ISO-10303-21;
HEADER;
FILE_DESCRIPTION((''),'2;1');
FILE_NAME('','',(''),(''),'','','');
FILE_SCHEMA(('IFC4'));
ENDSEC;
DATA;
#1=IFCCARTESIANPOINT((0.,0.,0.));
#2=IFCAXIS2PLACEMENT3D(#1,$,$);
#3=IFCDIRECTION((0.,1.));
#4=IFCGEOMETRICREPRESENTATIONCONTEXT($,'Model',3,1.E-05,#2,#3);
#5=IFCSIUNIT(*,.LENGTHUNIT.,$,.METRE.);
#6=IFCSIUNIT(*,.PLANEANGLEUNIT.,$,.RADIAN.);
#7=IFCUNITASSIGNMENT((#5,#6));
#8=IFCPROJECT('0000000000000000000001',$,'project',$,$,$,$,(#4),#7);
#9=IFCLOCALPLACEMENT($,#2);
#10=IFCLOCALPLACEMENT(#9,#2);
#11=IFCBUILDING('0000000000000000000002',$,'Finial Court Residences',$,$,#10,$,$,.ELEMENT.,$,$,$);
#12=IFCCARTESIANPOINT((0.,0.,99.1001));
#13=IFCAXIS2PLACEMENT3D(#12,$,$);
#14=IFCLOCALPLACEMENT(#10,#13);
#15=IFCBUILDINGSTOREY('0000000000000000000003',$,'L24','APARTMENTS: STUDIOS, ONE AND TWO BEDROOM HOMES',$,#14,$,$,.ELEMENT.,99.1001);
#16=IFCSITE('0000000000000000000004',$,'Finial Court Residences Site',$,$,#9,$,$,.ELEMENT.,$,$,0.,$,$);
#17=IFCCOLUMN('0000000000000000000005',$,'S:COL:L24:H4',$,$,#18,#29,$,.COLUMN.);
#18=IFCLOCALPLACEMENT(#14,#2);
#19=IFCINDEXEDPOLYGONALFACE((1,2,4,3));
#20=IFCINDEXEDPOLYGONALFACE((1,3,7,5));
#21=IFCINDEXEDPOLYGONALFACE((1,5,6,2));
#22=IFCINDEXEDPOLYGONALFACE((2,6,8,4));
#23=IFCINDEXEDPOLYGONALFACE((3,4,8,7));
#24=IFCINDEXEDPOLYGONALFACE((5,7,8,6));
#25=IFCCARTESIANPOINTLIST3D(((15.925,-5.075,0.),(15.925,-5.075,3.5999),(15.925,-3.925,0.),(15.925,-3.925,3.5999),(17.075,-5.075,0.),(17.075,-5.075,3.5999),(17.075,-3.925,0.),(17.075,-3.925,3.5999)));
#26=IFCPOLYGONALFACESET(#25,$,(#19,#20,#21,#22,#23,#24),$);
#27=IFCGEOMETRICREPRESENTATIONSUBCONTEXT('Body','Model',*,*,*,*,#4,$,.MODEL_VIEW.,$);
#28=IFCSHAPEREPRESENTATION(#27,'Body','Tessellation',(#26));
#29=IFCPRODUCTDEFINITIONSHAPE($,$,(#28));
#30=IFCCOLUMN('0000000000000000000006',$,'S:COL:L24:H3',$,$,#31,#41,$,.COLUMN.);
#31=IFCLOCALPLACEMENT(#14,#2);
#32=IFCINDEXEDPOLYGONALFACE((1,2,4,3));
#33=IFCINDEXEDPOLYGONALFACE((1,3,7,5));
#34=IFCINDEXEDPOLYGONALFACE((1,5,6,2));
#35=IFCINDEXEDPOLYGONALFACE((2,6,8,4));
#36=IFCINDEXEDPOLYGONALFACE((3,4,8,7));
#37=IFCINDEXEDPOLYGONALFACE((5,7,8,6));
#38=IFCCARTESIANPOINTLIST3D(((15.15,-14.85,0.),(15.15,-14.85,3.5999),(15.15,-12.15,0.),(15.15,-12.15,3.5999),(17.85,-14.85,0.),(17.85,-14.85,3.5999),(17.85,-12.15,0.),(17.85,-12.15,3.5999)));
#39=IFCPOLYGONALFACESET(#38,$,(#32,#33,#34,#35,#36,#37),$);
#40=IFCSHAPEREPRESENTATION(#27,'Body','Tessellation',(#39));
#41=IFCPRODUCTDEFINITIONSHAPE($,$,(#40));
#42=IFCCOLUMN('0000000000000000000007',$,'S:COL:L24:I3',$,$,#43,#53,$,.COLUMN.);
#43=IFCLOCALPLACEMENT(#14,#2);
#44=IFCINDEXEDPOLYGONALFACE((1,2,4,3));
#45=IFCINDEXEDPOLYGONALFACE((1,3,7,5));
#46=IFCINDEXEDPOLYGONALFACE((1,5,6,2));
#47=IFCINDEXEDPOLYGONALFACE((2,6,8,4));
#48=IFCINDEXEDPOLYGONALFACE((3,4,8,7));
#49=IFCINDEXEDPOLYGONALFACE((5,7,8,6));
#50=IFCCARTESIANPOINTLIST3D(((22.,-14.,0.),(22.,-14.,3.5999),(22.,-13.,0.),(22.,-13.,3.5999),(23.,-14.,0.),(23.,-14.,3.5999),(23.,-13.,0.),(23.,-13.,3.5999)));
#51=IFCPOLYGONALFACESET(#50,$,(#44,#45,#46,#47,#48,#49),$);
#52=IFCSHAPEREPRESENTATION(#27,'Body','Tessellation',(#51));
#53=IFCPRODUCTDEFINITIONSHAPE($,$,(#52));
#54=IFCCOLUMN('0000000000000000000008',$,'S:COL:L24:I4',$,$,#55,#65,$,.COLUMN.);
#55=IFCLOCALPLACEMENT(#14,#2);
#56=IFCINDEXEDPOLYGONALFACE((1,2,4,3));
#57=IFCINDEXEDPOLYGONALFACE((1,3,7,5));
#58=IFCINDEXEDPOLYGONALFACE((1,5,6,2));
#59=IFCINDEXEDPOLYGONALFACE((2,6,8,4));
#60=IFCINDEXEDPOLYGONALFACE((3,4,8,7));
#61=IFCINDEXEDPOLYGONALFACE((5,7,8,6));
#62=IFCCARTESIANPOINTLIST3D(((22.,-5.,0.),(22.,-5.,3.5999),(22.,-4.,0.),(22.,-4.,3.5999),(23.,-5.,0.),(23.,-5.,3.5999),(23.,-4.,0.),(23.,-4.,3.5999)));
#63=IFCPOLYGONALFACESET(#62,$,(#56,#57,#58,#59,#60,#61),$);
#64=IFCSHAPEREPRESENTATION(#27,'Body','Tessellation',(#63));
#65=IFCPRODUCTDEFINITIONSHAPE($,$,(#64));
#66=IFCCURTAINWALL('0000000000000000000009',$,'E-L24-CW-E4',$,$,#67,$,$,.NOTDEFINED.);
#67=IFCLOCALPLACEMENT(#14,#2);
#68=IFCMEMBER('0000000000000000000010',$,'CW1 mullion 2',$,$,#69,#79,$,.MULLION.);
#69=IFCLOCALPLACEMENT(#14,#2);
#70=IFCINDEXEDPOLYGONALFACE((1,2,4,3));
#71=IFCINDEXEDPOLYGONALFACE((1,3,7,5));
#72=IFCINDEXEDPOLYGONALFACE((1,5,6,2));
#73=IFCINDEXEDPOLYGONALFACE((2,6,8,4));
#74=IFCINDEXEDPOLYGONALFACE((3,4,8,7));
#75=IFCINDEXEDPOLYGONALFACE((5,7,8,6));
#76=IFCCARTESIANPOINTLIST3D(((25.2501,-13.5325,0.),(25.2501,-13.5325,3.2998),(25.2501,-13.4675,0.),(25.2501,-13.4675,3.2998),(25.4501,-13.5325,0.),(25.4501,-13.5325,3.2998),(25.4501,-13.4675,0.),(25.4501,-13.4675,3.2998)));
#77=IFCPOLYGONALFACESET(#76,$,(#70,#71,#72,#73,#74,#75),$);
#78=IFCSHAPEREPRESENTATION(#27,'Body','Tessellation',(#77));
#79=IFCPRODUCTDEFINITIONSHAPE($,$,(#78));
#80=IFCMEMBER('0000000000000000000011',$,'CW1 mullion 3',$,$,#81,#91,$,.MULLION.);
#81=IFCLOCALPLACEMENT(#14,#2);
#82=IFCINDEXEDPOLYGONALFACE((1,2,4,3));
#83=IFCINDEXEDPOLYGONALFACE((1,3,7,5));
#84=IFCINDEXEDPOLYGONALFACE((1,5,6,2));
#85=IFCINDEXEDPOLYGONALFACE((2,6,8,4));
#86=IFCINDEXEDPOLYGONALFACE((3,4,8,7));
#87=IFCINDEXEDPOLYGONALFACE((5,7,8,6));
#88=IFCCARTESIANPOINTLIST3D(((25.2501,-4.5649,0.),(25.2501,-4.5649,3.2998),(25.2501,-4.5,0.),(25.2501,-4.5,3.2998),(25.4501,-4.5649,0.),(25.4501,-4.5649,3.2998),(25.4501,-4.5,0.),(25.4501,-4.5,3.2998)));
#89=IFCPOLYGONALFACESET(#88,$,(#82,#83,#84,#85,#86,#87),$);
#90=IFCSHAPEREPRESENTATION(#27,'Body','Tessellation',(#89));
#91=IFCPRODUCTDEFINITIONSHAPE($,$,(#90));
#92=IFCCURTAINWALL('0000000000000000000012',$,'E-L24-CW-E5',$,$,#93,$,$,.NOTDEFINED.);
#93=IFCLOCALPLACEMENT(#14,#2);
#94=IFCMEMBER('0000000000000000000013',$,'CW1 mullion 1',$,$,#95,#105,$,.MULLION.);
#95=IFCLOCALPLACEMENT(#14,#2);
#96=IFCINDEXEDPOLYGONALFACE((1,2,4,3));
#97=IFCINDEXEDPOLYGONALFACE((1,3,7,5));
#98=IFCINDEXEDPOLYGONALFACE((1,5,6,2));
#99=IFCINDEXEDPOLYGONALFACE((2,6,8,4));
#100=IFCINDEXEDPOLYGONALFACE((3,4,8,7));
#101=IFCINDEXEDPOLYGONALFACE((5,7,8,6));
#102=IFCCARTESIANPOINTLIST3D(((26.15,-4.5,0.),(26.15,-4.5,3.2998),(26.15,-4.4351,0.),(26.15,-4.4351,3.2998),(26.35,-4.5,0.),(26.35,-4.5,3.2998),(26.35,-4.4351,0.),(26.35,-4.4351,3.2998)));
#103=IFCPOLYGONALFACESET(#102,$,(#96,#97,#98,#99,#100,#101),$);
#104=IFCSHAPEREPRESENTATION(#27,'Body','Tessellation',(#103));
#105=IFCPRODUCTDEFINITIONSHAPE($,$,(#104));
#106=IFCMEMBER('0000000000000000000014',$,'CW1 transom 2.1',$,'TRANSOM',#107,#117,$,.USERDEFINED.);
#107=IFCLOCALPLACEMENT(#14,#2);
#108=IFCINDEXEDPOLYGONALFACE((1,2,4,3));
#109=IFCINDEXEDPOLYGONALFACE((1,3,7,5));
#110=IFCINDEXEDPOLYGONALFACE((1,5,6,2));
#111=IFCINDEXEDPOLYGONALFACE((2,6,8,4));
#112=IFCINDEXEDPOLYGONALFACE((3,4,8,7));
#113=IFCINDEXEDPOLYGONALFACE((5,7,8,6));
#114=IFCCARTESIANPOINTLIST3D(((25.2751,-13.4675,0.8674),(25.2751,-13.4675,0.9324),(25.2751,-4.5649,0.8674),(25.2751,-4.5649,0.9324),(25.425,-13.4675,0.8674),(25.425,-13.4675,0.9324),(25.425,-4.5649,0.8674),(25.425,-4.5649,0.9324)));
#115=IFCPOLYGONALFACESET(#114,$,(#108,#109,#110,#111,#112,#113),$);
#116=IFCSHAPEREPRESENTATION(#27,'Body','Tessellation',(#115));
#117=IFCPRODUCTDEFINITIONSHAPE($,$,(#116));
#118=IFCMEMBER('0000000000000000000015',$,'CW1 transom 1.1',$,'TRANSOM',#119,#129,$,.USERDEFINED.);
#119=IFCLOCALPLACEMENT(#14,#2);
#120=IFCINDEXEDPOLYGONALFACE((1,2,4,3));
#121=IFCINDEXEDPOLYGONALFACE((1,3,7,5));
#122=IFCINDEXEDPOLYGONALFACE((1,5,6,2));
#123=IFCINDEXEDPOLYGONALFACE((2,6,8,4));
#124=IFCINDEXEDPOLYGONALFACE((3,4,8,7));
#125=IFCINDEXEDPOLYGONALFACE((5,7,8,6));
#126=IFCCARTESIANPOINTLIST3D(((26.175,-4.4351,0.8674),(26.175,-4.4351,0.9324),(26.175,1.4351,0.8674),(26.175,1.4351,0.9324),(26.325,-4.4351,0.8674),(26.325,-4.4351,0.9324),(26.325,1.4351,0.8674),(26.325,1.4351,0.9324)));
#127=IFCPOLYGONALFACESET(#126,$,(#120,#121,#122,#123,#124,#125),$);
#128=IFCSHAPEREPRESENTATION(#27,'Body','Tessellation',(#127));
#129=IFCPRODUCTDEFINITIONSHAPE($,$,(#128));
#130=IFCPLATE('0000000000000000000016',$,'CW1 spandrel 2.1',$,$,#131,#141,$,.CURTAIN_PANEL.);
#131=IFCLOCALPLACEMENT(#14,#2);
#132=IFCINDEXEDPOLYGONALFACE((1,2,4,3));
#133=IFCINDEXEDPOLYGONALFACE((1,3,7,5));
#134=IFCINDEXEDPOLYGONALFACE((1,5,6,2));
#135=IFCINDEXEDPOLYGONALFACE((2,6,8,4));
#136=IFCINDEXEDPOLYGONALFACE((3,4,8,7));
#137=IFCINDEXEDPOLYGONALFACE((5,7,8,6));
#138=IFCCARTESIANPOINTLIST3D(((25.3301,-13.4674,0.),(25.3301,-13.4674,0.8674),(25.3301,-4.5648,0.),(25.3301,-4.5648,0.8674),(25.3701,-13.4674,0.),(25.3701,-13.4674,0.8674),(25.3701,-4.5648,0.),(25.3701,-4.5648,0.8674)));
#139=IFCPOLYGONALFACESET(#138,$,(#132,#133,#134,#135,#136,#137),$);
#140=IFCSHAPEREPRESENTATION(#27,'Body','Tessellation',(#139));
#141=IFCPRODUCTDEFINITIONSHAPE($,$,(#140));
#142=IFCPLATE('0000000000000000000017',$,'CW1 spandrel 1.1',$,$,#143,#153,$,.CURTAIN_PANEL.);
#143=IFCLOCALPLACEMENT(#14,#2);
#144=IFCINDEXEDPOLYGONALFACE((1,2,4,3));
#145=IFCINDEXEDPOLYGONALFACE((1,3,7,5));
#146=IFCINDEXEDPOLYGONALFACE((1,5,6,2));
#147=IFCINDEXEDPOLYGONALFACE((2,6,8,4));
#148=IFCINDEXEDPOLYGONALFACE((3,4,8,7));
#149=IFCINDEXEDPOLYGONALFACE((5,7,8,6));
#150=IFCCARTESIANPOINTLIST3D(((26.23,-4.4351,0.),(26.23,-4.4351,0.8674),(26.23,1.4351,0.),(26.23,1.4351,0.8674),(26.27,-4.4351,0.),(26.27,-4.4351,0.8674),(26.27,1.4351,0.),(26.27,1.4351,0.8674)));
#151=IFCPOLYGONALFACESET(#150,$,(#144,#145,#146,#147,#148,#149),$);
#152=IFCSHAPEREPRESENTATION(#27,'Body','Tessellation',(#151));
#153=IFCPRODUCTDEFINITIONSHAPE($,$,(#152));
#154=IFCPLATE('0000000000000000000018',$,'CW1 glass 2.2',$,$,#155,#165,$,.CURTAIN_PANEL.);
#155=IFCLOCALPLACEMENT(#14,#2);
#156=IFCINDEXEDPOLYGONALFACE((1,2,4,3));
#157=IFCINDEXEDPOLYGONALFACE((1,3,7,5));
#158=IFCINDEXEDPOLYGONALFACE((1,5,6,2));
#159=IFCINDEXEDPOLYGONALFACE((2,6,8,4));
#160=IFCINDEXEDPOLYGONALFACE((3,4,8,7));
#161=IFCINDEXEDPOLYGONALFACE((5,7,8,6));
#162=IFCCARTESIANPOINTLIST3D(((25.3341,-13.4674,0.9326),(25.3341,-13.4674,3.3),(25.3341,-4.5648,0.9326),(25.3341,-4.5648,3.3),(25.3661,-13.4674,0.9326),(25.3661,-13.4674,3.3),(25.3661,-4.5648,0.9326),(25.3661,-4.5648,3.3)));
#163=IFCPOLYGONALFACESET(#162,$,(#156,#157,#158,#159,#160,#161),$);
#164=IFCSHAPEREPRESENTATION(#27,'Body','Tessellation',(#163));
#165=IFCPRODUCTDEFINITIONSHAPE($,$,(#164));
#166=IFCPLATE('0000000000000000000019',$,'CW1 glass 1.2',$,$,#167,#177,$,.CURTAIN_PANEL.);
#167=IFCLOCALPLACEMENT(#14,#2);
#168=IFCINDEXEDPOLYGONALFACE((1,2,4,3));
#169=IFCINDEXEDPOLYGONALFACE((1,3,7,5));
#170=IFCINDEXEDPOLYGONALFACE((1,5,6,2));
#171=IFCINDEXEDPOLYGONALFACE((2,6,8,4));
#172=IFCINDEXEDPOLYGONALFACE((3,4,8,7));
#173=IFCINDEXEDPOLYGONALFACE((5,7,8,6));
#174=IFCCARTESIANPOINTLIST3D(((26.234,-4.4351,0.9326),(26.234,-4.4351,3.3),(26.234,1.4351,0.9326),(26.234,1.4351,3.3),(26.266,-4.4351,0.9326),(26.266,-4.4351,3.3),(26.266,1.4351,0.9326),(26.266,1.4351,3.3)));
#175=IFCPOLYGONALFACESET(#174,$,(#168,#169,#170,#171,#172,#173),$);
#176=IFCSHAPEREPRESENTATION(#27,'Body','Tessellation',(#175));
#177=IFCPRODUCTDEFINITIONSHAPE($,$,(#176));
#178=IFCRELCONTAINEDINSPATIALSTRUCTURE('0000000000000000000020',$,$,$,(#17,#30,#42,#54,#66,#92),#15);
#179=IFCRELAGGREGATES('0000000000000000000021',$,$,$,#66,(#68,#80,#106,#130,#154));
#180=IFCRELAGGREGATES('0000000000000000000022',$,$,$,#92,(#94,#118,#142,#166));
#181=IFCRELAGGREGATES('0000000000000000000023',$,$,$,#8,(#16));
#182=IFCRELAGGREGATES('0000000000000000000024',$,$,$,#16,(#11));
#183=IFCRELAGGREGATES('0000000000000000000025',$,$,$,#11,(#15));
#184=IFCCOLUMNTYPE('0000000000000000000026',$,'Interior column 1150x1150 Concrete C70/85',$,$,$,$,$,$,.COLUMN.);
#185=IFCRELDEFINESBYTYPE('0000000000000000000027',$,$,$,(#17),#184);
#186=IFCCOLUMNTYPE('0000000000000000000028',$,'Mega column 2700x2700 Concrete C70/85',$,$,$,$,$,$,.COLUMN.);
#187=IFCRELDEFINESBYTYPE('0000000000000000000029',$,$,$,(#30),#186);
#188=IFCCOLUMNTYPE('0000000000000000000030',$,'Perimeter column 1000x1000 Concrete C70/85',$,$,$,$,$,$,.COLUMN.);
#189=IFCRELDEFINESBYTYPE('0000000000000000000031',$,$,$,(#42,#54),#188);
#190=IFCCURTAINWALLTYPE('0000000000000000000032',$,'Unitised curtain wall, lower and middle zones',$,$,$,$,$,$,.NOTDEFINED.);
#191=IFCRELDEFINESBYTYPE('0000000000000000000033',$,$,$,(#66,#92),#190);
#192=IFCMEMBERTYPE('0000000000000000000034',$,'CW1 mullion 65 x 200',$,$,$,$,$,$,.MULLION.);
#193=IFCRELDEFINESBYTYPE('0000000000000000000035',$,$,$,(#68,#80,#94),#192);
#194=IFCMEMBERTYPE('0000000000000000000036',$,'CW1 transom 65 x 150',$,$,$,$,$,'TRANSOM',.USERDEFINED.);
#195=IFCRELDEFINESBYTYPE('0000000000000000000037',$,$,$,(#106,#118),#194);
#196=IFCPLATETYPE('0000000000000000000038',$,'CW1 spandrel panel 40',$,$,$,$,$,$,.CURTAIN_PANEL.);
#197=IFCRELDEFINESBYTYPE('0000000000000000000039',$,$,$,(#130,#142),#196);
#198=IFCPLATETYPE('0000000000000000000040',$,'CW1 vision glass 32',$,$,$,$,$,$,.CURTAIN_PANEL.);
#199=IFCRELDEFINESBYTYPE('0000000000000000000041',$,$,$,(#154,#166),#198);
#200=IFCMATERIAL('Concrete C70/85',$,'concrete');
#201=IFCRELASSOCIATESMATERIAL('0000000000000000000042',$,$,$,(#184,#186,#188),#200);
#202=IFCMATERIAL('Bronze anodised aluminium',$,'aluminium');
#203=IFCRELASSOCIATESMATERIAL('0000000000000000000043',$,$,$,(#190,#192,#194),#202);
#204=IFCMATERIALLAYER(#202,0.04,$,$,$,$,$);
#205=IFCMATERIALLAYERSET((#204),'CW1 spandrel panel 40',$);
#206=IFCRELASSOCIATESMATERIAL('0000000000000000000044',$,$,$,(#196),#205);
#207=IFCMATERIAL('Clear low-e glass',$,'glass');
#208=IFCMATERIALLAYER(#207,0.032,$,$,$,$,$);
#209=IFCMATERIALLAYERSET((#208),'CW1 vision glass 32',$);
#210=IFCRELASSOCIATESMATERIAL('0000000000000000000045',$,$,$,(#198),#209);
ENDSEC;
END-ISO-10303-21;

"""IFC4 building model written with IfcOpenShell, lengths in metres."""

from ifc_helpers import new_model, si_unit, direction, frame, origin, origin_2d, place, context, subcontext, project, spatial, rectangle, extrude, material, layer, layer_set, material_profile, profile_set, type_object, element, aggregate, save


model = new_model("IFC4")

# Units and contexts
model_context = context("Model", 3, precision=1e-05, world=origin(), true_north=direction((0.0, 1.0)))
body_context = subcontext(model_context, "Body", "Model", "MODEL_VIEW")
ifc_project = project(units=[si_unit("LENGTHUNIT", "METRE"), si_unit("PLANEANGLEUNIT", "RADIAN")], contexts=[model_context])

# Site, building, storey
site_placement = place(None, origin())
site = spatial("IfcSite", under=ifc_project, at=site_placement, Name="Finial Court Residences Site", CompositionType="ELEMENT", RefElevation=0.0)
building_placement = place(site_placement, origin())
building = spatial("IfcBuilding", under=site, at=building_placement, Name="Finial Court Residences", CompositionType="ELEMENT")
storey_placement = place(building_placement, frame((0.0, 0.0, 99.1001)))
storey = spatial("IfcBuildingStorey", under=building, at=storey_placement, Name="L24", Description="APARTMENTS: STUDIOS, ONE AND TWO BEDROOM HOMES", CompositionType="ELEMENT", Elevation=99.1001)

# Columns
ifc_material_1 = material(Name="Concrete C70/85", Category="concrete")
ifc_material_profile_1 = material_profile(ifc_material_1, rectangle(XDim=1.1499, YDim=1.1499, at=origin_2d()), Name="1150x1150")
ifc_profile_set_1 = profile_set([ifc_material_profile_1], Name="Concrete C70/85")
column_type_1 = type_object("IfcColumnType", Name="Interior column 1150x1150 Concrete C70/85", PredefinedType="COLUMN", material=ifc_profile_set_1)
column_1_placement = place(storey_placement, frame((16.5, -4.5, 0.0), z_axis=(0.0, 0.0, 1.0), x_axis=(1.0, 0.0, 0.0)))
element("IfcColumn", 1, at=column_1_placement, inside=storey, type_object=column_type_1, Name="S:COL:L24:H4", PredefinedType="COLUMN", context=body_context, shape_type="SweptSolid", body=[
    extrude(rectangle(XDim=1.1499, YDim=1.1499, at=origin_2d()), origin(), (0.0, 0.0, 1.0), 3.5999),
])
ifc_material_profile_2 = material_profile(ifc_material_1, rectangle(XDim=2.7, YDim=2.7, at=origin_2d()), Name="2700x2700")
ifc_profile_set_2 = profile_set([ifc_material_profile_2], Name="Concrete C70/85")
column_type_2 = type_object("IfcColumnType", Name="Mega column 2700x2700 Concrete C70/85", PredefinedType="COLUMN", material=ifc_profile_set_2)
column_2_placement = place(storey_placement, frame((16.5, -13.5, 0.0), z_axis=(0.0, 0.0, 1.0), x_axis=(1.0, 0.0, 0.0)))
element("IfcColumn", 2, at=column_2_placement, inside=storey, type_object=column_type_2, Name="S:COL:L24:H3", PredefinedType="COLUMN", context=body_context, shape_type="SweptSolid", body=[
    extrude(rectangle(XDim=2.7, YDim=2.7, at=origin_2d()), origin(), (0.0, 0.0, 1.0), 3.5999),
])
ifc_material_profile_3 = material_profile(ifc_material_1, rectangle(XDim=1.0, YDim=1.0, at=origin_2d()), Name="1000x1000")
ifc_profile_set_3 = profile_set([ifc_material_profile_3], Name="Concrete C70/85")
column_type_3 = type_object("IfcColumnType", Name="Perimeter column 1000x1000 Concrete C70/85", PredefinedType="COLUMN", material=ifc_profile_set_3)
for number, where, z_axis, x_axis, name in (
    (3, (22.5, -13.5, 0.0), (0.0, 0.0, 1.0), (1.0, 0.0, 0.0), "S:COL:L24:I3"),
    (4, (22.5, -4.5, 0.0), (0.0, 0.0, 1.0), (1.0, 0.0, 0.0), "S:COL:L24:I4"),
):
    element("IfcColumn", number, at=place(storey_placement, frame(where, z_axis=z_axis, x_axis=x_axis)), inside=storey, type_object=column_type_3, Name=name, PredefinedType="COLUMN", context=body_context, shape_type="SweptSolid", body=[
        extrude(rectangle(XDim=1.0, YDim=1.0, at=origin_2d()), origin(), (0.0, 0.0, 1.0), 3.5999),
    ])

# Curtain wall, members
ifc_material_2 = material(Name="Bronze anodised aluminium", Category="aluminium")
curtain_wall_type = type_object("IfcCurtainWallType", Name="Unitised curtain wall, lower and middle zones", PredefinedType="NOTDEFINED", material=ifc_material_2)
curtain_wall_1_placement = place(storey_placement, origin())
curtain_wall_1 = element("IfcCurtainWall", 5, at=curtain_wall_1_placement, inside=storey, type_object=curtain_wall_type, Name="E-L24-CW-E4", PredefinedType="NOTDEFINED")
ifc_material_profile_4 = material_profile(ifc_material_2, rectangle(XDim=0.2, YDim=0.0649, at=origin_2d()), Name="CW1 mullion 65 x 200")
ifc_profile_set_4 = profile_set([ifc_material_profile_4], Name="Bronze anodised aluminium")
member_type_1 = type_object("IfcMemberType", Name="CW1 mullion 65 x 200", PredefinedType="MULLION", material=ifc_profile_set_4)
member_1_placement = place(storey_placement, frame((25.3501, -13.5, 0.0), z_axis=(0.0, 0.0, 1.0), x_axis=(-1.0, 0.0, 0.0)))
member_1 = element("IfcMember", 6, at=member_1_placement, type_object=member_type_1, Name="CW1 mullion 2", PredefinedType="MULLION", context=body_context, shape_type="SweptSolid", body=[
    extrude(rectangle(XDim=0.2, YDim=0.0649, at=origin_2d()), origin(), (0.0, 0.0, 1.0), 3.2998),
])
member_2_placement = place(storey_placement, frame((25.3501, -4.5325, 0.0), z_axis=(0.0, 0.0, 1.0), x_axis=(-1.0, 0.0, 0.0)))
member_2 = element("IfcMember", 7, at=member_2_placement, type_object=member_type_1, Name="CW1 mullion 3", PredefinedType="MULLION", context=body_context, shape_type="SweptSolid", body=[
    extrude(rectangle(XDim=0.2, YDim=0.0649, at=origin_2d()), origin(), (0.0, 0.0, 1.0), 3.2998),
])

# Curtain wall, member
curtain_wall_2_placement = place(storey_placement, origin())
curtain_wall_2 = element("IfcCurtainWall", 8, at=curtain_wall_2_placement, inside=storey, type_object=curtain_wall_type, Name="E-L24-CW-E5", PredefinedType="NOTDEFINED")
member_3_placement = place(storey_placement, frame((26.25, -4.4675, 0.0), z_axis=(0.0, 0.0, 1.0), x_axis=(-1.0, 0.0, 0.0)))
member_3 = element("IfcMember", 9, at=member_3_placement, type_object=member_type_1, Name="CW1 mullion 1", PredefinedType="MULLION", context=body_context, shape_type="SweptSolid", body=[
    extrude(rectangle(XDim=0.2, YDim=0.0649, at=origin_2d()), origin(), (0.0, 0.0, 1.0), 3.2998),
])

# Members
ifc_material_profile_5 = material_profile(ifc_material_2, rectangle(XDim=0.1499, YDim=0.0649, at=origin_2d()), Name="CW1 transom 65 x 150")
ifc_profile_set_5 = profile_set([ifc_material_profile_5], Name="Bronze anodised aluminium")
member_type_2 = type_object("IfcMemberType", Name="CW1 transom 65 x 150", ElementType="TRANSOM", PredefinedType="USERDEFINED", material=ifc_profile_set_5)
member_4_placement = place(storey_placement, frame((25.3501, -13.4675, 0.8999), z_axis=(0.0, 1.0, 0.0), x_axis=(-1.0, 0.0, 0.0)))
member_4 = element("IfcMember", 10, at=member_4_placement, type_object=member_type_2, Name="CW1 transom 2.1", ObjectType="TRANSOM", PredefinedType="USERDEFINED", context=body_context, shape_type="SweptSolid", body=[
    extrude(rectangle(XDim=0.1499, YDim=0.0649, at=origin_2d()), origin(), (0.0, 0.0, 1.0), 8.9026),
])
member_5_placement = place(storey_placement, frame((26.25, -4.4351, 0.8999), z_axis=(0.0, 1.0, 0.0), x_axis=(-1.0, 0.0, 0.0)))
member_5 = element("IfcMember", 11, at=member_5_placement, type_object=member_type_2, Name="CW1 transom 1.1", ObjectType="TRANSOM", PredefinedType="USERDEFINED", context=body_context, shape_type="SweptSolid", body=[
    extrude(rectangle(XDim=0.1499, YDim=0.0649, at=origin_2d()), origin(), (0.0, 0.0, 1.0), 5.8701),
])

# Plates
ifc_layer_1 = layer(ifc_material_2, 0.04)
ifc_layer_set_1 = layer_set([ifc_layer_1], Name="CW1 spandrel panel 40")
plate_type_1 = type_object("IfcPlateType", Name="CW1 spandrel panel 40", PredefinedType="CURTAIN_PANEL", material=ifc_layer_set_1)
plate_1_placement = place(storey_placement, frame((25.3501, -9.0161, 0.0), z_axis=(0.0, 0.0, 1.0), x_axis=(0.0, 1.0, 0.0)))
plate_1 = element("IfcPlate", 12, at=plate_1_placement, type_object=plate_type_1, Name="CW1 spandrel 2.1", PredefinedType="CURTAIN_PANEL", context=body_context, shape_type="SweptSolid", body=[
    extrude(rectangle(XDim=8.9026, YDim=0.04, at=origin_2d()), origin(), (0.0, 0.0, 1.0), 0.8674),
])
plate_2_placement = place(storey_placement, frame((26.25, -1.5, 0.0), z_axis=(0.0, 0.0, 1.0), x_axis=(0.0, 1.0, 0.0)))
plate_2 = element("IfcPlate", 13, at=plate_2_placement, type_object=plate_type_1, Name="CW1 spandrel 1.1", PredefinedType="CURTAIN_PANEL", context=body_context, shape_type="SweptSolid", body=[
    extrude(rectangle(XDim=5.8701, YDim=0.04, at=origin_2d()), origin(), (0.0, 0.0, 1.0), 0.8674),
])
ifc_material_3 = material(Name="Clear low-e glass", Category="glass")
ifc_layer_2 = layer(ifc_material_3, 0.032)
ifc_layer_set_2 = layer_set([ifc_layer_2], Name="CW1 vision glass 32")
plate_type_2 = type_object("IfcPlateType", Name="CW1 vision glass 32", PredefinedType="CURTAIN_PANEL", material=ifc_layer_set_2)
plate_3_placement = place(storey_placement, frame((25.3501, -9.0161, 0.9326), z_axis=(0.0, 0.0, 1.0), x_axis=(0.0, 1.0, 0.0)))
plate_3 = element("IfcPlate", 14, at=plate_3_placement, type_object=plate_type_2, Name="CW1 glass 2.2", PredefinedType="CURTAIN_PANEL", context=body_context, shape_type="SweptSolid", body=[
    extrude(rectangle(XDim=8.9026, YDim=0.032, at=origin_2d()), origin(), (0.0, 0.0, 1.0), 2.3674),
])
aggregate(curtain_wall_1, [member_1, member_2, member_4, plate_1, plate_3])
plate_4_placement = place(storey_placement, frame((26.25, -1.5, 0.9326), z_axis=(0.0, 0.0, 1.0), x_axis=(0.0, 1.0, 0.0)))
plate_4 = element("IfcPlate", 15, at=plate_4_placement, type_object=plate_type_2, Name="CW1 glass 1.2", PredefinedType="CURTAIN_PANEL", context=body_context, shape_type="SweptSolid", body=[
    extrude(rectangle(XDim=5.8701, YDim=0.032, at=origin_2d()), origin(), (0.0, 0.0, 1.0), 2.3674),
])
aggregate(curtain_wall_2, [member_3, member_5, plate_2, plate_4])

save(model, "model.ifc")
